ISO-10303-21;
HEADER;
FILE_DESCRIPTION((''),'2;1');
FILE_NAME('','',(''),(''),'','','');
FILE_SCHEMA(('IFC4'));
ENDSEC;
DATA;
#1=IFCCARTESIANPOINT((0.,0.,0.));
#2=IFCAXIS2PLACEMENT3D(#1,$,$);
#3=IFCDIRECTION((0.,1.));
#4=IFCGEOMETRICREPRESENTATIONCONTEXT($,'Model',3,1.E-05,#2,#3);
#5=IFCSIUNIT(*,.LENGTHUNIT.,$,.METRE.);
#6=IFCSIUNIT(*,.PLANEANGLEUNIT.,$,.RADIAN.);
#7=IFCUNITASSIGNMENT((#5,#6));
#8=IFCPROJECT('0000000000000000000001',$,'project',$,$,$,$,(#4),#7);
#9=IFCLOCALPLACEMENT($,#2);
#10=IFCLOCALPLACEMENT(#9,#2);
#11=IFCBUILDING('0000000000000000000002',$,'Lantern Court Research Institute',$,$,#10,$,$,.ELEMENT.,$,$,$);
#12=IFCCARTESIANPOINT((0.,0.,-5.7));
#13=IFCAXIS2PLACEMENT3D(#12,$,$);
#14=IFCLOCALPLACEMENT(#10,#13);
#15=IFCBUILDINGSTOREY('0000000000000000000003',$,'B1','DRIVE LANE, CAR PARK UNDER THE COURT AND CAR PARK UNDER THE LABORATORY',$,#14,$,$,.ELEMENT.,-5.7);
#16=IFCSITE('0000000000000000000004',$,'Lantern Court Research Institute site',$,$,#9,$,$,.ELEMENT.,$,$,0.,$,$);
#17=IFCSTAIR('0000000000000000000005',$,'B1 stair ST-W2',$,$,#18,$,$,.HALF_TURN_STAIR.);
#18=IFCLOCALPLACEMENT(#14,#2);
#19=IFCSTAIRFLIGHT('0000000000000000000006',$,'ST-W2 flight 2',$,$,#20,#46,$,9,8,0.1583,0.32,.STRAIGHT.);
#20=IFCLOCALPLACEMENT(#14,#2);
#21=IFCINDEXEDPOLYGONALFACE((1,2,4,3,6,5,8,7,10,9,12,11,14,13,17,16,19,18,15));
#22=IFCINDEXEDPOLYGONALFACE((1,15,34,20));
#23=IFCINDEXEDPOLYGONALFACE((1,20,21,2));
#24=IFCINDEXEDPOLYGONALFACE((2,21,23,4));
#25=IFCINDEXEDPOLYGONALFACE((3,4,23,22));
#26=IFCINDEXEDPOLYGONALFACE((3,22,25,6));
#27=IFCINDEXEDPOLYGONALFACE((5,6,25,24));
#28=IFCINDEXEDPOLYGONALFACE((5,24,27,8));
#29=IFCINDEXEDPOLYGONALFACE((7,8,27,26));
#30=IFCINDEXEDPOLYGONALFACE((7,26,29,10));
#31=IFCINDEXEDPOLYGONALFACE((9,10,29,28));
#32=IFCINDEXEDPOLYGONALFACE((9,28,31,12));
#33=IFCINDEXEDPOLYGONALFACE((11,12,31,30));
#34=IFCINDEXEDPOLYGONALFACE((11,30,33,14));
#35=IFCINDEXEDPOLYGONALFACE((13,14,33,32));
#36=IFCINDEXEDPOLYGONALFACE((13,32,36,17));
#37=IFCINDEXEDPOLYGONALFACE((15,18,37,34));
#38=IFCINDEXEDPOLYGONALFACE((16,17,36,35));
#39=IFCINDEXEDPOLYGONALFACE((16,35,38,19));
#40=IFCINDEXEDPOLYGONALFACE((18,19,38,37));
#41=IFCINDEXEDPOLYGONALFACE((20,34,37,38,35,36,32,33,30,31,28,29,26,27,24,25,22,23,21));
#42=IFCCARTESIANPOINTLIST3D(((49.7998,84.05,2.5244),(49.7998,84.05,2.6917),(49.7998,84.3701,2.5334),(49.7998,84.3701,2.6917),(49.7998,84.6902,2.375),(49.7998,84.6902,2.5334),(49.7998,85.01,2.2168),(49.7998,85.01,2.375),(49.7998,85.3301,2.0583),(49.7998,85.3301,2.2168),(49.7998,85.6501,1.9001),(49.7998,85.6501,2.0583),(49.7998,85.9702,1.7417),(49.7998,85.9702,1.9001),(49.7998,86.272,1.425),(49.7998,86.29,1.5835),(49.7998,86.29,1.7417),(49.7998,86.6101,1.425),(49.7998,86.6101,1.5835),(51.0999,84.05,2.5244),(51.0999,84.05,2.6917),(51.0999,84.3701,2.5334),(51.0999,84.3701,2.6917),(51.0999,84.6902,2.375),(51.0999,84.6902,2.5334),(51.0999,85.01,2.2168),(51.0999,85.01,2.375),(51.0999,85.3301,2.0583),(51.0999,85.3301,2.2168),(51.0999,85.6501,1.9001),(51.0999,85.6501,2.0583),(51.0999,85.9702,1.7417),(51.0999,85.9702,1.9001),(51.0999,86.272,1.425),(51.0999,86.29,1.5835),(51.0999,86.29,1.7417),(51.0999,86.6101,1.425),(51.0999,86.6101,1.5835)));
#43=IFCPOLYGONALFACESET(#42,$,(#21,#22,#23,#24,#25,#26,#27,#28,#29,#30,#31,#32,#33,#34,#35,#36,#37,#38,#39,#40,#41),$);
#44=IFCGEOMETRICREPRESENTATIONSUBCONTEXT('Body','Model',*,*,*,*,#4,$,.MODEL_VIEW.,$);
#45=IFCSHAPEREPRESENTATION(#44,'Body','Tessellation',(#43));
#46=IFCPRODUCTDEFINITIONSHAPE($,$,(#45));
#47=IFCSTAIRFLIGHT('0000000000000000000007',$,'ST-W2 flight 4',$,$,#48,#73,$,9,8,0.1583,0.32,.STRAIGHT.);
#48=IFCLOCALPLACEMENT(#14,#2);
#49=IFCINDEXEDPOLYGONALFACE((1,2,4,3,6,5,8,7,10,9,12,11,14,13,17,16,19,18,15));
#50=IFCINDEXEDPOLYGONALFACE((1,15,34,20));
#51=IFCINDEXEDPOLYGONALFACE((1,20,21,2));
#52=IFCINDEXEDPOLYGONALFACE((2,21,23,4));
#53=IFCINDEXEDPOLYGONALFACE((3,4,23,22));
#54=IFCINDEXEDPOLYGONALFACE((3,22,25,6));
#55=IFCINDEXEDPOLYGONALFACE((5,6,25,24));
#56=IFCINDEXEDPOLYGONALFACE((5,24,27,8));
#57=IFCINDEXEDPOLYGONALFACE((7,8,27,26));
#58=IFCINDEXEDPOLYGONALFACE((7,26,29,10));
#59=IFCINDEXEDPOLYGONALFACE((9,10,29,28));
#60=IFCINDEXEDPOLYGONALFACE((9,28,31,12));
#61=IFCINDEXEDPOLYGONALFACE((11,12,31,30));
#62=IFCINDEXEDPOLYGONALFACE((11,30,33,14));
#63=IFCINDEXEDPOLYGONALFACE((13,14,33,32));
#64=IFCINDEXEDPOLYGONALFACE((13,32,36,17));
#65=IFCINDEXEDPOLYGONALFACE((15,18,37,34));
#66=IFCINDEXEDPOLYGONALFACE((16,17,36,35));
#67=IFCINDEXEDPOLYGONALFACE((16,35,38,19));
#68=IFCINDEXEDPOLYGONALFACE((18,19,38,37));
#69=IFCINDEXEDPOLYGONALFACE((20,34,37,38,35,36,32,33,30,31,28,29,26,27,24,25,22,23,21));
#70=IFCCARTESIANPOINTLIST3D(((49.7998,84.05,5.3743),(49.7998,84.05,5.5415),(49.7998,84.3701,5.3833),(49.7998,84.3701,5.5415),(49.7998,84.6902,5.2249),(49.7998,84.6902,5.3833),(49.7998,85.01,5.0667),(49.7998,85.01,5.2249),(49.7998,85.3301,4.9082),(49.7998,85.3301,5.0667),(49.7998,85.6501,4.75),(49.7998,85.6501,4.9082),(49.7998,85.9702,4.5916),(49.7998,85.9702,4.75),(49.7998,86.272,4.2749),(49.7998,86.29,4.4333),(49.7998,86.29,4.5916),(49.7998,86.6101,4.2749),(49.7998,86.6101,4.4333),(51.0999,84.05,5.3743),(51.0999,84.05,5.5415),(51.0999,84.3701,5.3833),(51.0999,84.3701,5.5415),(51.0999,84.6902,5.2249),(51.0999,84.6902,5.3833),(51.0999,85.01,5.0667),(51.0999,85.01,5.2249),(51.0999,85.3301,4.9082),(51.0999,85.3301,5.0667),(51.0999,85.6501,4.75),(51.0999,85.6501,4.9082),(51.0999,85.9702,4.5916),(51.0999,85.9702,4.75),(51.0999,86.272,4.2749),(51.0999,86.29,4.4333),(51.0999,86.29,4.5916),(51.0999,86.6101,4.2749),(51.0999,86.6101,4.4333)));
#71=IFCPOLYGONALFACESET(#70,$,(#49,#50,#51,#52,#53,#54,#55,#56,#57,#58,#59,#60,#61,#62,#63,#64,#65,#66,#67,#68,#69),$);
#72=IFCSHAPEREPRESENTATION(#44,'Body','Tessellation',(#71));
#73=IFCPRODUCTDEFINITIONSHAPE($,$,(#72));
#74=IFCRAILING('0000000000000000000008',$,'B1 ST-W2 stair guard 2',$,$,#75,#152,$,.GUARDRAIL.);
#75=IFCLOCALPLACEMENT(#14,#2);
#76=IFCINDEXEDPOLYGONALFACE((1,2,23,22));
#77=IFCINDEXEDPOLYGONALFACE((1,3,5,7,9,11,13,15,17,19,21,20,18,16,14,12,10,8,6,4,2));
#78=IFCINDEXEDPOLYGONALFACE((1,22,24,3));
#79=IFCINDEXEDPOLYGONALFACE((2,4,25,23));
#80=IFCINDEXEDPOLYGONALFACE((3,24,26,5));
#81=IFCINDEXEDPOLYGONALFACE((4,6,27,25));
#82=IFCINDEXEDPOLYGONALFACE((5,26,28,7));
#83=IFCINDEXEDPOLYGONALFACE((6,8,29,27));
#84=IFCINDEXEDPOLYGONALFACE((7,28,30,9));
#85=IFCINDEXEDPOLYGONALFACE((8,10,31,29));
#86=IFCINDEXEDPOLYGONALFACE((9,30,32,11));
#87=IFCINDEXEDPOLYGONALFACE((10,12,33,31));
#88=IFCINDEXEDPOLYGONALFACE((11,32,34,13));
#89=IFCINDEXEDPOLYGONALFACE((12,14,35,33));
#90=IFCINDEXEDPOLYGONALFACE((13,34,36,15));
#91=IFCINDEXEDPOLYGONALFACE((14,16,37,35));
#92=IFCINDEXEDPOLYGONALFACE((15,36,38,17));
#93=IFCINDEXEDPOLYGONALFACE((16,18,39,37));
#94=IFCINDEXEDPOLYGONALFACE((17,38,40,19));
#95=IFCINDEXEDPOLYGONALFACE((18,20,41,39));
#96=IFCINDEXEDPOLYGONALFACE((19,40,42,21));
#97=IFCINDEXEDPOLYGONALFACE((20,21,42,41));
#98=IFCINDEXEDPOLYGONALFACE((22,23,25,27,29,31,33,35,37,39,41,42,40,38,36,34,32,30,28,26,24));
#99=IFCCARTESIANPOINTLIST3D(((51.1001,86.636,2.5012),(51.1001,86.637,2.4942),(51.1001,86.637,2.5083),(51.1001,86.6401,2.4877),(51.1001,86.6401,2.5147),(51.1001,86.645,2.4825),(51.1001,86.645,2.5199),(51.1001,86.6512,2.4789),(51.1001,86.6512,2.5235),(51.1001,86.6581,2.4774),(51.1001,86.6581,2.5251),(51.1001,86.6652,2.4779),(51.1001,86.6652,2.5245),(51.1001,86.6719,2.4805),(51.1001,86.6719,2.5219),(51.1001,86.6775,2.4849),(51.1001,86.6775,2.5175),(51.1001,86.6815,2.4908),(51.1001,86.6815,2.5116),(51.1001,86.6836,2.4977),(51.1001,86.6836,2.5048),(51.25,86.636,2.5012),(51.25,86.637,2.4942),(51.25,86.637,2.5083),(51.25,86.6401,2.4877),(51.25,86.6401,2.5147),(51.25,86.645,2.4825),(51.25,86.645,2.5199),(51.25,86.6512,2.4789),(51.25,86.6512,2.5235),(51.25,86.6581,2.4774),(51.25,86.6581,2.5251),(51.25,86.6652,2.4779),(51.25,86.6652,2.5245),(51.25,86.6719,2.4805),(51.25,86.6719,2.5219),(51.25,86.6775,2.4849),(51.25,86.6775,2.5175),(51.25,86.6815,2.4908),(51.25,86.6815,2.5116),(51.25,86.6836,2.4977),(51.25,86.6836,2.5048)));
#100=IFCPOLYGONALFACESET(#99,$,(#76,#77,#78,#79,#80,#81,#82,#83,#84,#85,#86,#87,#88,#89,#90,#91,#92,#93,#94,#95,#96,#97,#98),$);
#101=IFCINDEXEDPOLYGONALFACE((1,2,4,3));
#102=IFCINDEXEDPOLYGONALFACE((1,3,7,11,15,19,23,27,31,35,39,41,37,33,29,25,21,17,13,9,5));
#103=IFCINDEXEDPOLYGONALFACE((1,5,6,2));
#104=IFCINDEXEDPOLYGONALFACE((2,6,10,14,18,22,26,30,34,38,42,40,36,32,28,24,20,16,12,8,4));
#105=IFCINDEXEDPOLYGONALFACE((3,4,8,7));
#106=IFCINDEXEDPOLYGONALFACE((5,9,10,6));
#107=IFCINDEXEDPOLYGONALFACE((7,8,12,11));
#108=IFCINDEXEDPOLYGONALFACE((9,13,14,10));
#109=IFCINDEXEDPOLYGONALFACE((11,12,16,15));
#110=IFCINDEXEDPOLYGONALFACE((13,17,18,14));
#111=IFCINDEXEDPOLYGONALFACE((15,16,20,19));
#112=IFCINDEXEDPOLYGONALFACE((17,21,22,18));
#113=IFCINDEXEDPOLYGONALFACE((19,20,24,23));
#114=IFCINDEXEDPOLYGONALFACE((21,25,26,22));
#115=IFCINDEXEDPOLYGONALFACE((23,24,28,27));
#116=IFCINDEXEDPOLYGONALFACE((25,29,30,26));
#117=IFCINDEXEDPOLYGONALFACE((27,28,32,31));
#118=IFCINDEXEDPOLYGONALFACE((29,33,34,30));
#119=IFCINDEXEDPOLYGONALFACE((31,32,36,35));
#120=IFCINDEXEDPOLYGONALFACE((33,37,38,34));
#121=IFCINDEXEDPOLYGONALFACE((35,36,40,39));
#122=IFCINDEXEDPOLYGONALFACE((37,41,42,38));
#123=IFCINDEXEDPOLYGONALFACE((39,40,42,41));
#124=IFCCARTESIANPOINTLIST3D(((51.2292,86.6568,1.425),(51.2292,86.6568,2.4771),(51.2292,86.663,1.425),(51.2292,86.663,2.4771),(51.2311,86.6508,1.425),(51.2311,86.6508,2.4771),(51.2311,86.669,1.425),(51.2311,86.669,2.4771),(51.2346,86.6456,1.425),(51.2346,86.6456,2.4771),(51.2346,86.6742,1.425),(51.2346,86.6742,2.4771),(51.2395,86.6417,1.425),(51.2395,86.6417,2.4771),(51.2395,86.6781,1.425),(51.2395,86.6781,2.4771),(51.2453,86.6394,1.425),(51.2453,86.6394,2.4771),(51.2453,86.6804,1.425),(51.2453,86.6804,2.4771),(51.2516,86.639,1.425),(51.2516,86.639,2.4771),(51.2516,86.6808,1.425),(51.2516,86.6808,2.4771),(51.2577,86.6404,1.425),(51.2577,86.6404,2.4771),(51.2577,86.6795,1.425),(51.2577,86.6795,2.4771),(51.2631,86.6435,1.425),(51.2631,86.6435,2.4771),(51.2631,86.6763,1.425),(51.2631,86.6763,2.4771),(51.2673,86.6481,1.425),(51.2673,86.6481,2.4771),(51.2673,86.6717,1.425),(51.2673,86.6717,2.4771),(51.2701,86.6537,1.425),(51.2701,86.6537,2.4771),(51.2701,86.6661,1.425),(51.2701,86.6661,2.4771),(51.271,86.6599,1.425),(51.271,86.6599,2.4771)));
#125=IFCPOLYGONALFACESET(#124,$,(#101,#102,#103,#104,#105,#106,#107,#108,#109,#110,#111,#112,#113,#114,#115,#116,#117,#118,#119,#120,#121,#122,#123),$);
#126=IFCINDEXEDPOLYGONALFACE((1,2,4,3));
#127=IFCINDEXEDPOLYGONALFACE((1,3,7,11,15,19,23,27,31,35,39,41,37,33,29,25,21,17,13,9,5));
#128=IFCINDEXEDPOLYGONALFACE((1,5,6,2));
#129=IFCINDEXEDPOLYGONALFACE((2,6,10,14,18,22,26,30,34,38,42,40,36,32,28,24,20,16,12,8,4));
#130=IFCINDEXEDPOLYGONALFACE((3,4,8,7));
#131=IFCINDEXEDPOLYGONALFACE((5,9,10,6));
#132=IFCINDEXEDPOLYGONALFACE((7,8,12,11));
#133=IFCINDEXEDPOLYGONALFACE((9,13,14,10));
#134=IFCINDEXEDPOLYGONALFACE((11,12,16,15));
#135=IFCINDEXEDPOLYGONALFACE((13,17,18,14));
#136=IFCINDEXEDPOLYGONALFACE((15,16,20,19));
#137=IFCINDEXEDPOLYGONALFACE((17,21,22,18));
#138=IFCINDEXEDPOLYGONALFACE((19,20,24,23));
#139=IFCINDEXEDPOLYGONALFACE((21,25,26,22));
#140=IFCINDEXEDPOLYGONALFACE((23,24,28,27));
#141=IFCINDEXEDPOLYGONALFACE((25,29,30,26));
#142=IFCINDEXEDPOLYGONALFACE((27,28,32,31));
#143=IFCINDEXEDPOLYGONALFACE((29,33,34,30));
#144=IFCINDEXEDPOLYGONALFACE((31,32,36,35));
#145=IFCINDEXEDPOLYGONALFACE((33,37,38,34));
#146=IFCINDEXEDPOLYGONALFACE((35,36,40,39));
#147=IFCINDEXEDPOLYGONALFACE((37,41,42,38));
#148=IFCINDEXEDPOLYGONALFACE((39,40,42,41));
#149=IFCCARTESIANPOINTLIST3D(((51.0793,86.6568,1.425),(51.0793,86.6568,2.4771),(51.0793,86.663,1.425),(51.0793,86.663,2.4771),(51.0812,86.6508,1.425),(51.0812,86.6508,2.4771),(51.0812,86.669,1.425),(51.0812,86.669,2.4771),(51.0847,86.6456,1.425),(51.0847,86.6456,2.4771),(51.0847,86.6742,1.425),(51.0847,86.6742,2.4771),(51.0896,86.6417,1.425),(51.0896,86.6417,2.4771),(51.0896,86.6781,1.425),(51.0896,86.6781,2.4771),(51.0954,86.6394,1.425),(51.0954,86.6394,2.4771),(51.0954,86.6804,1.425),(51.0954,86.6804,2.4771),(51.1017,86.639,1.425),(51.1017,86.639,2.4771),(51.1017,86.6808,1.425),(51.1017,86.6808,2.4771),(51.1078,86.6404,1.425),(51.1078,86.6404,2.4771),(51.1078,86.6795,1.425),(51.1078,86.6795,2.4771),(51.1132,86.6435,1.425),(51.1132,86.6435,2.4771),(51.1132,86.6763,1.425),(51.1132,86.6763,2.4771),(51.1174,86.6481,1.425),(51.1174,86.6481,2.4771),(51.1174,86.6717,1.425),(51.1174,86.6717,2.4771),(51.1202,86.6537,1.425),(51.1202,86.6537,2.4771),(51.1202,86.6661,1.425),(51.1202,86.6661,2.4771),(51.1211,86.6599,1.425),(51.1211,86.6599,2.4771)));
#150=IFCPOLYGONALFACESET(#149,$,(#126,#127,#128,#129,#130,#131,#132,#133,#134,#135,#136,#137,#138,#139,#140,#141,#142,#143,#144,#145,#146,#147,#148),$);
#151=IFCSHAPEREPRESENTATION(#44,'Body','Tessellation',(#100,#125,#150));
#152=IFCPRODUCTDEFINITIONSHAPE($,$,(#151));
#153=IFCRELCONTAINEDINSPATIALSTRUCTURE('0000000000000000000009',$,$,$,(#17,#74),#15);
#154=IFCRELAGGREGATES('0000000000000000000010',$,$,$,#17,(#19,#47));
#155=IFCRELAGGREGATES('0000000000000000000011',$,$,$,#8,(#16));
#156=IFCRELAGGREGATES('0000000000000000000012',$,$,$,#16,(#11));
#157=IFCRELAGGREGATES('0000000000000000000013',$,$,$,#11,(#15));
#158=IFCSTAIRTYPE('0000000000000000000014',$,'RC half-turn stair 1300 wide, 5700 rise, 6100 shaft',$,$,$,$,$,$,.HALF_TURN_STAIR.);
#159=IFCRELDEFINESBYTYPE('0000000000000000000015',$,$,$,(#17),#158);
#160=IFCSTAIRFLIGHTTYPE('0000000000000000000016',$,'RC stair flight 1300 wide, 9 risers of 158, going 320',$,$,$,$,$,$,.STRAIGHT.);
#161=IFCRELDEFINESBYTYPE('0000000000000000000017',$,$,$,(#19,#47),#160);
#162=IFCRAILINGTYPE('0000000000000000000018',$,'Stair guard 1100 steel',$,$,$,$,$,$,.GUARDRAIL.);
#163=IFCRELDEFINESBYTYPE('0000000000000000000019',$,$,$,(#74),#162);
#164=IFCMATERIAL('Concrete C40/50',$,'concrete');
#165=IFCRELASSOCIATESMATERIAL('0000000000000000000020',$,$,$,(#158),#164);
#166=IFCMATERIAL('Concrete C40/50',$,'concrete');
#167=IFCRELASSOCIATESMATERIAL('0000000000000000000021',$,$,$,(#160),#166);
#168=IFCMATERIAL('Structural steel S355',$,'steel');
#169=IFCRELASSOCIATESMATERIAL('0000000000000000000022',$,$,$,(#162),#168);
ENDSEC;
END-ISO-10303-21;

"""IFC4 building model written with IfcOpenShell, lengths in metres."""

from ifc_helpers import new_model, si_unit, direction, frame, origin, origin_2d, place, context, subcontext, project, spatial, polyline, circle, outline, extrude, material, type_object, element, aggregate, save


model = new_model("IFC4")

# Units and contexts
model_context = context("Model", 3, precision=1e-05, world=origin(), true_north=direction((0.0, 1.0)))
body_context = subcontext(model_context, "Body", "Model", "MODEL_VIEW")
ifc_project = project(units=[si_unit("LENGTHUNIT", "METRE"), si_unit("PLANEANGLEUNIT", "RADIAN")], contexts=[model_context])

# Site, building, storey
site_placement = place(None, origin())
site = spatial("IfcSite", under=ifc_project, at=site_placement, Name="Lantern Court Research Institute site", CompositionType="ELEMENT", RefElevation=0.0)
building_placement = place(site_placement, origin())
building = spatial("IfcBuilding", under=site, at=building_placement, Name="Lantern Court Research Institute", CompositionType="ELEMENT")
storey_placement = place(building_placement, frame((0.0, 0.0, -5.7)))
storey = spatial("IfcBuildingStorey", under=building, at=storey_placement, Name="B1", Description="DRIVE LANE, CAR PARK UNDER THE COURT AND CAR PARK UNDER THE LABORATORY", CompositionType="ELEMENT", Elevation=-5.7)

# Stair, stair flights
ifc_material_1 = material(Name="Concrete C40/50", Category="concrete")
stair_type = type_object("IfcStairType", Name="RC half-turn stair 1300 wide, 5700 rise, 6100 shaft", PredefinedType="HALF_TURN_STAIR", material=ifc_material_1)
stair_placement = place(storey_placement, origin())
stair = element("IfcStair", 1, at=stair_placement, inside=storey, type_object=stair_type, Name="B1 stair ST-W2", PredefinedType="HALF_TURN_STAIR")
ifc_material_2 = material(Name="Concrete C40/50", Category="concrete")
stair_flight_type = type_object("IfcStairFlightType", Name="RC stair flight 1300 wide, 9 risers of 158, going 320", PredefinedType="STRAIGHT", material=ifc_material_2)
stair_flight_1_placement = place(storey_placement, frame((50.45, 86.6101, 1.425), z_axis=(0.0, 0.0, 1.0), x_axis=(0.0, -1.0, 0.0)))
stair_flight_1 = element("IfcStairFlight", 2, at=stair_flight_1_placement, type_object=stair_flight_type, Name="ST-W2 flight 2", NumberOfRisers=9, NumberOfTreads=8, PredefinedType="STRAIGHT", RiserHeight=0.1583, TreadLength=0.32, context=body_context, shape_type="SweptSolid", body=[
    extrude(outline(polyline([(0.0, 0.0), (0.0, 0.1584), (0.3201, 0.1584), (0.3201, 0.3167), (0.6399, 0.3167), (0.6399, 0.4751), (0.96, 0.4751), (0.96, 0.6333), (1.28, 0.6333), (1.28, 0.7917), (1.6001, 0.7917), (1.6001, 0.95), (1.9199, 0.95), (1.9199, 1.1084), (2.24, 1.1084), (2.24, 1.2666), (2.5601, 1.2666), (2.5601, 1.425), (2.5601, 1.0994), (0.3381, 0.0), (0.0, 0.0)])), frame((0.0, 0.6499, 0.0), z_axis=(0.0, -1.0, 0.0), x_axis=(1.0, 0.0, 0.0)), (0.0, 0.0, 1.0), 1.3),
])
stair_flight_2_placement = place(storey_placement, frame((50.45, 86.6101, 4.2749), z_axis=(0.0, 0.0, 1.0), x_axis=(0.0, -1.0, 0.0)))
stair_flight_2 = element("IfcStairFlight", 3, at=stair_flight_2_placement, type_object=stair_flight_type, Name="ST-W2 flight 4", NumberOfRisers=9, NumberOfTreads=8, PredefinedType="STRAIGHT", RiserHeight=0.1583, TreadLength=0.32, context=body_context, shape_type="SweptSolid", body=[
    extrude(outline(polyline([(0.0, 0.0), (0.0, 0.1584), (0.3201, 0.1584), (0.3201, 0.3167), (0.6399, 0.3167), (0.6399, 0.4751), (0.96, 0.4751), (0.96, 0.6333), (1.28, 0.6333), (1.28, 0.7917), (1.6001, 0.7917), (1.6001, 0.95), (1.9199, 0.95), (1.9199, 1.1084), (2.24, 1.1084), (2.24, 1.2666), (2.5601, 1.2666), (2.5601, 1.425), (2.5601, 1.0994), (0.3381, 0.0), (0.0, 0.0)])), frame((0.0, 0.6499, 0.0), z_axis=(0.0, -1.0, 0.0), x_axis=(1.0, 0.0, 0.0)), (0.0, 0.0, 1.0), 1.3),
])
aggregate(stair, [stair_flight_1, stair_flight_2])

# Railing
ifc_material_3 = material(Name="Structural steel S355", Category="steel")
railing_type = type_object("IfcRailingType", Name="Stair guard 1100 steel", PredefinedType="GUARDRAIL", material=ifc_material_3)
railing_1_placement = place(storey_placement, frame((51.25, 86.6599, 1.425)))
element("IfcRailing", 4, at=railing_1_placement, inside=storey, type_object=railing_type, Name="B1 ST-W2 stair guard 2", PredefinedType="GUARDRAIL", context=body_context, shape_type="SweptSolid", body=[
    extrude(circle(Radius=0.0239, at=origin_2d()), frame((0.0, 0.0, 1.0762), z_axis=(-1.0, 0.0, 0.0), x_axis=(0.0, -1.0, 0.0)), (0.0, 0.0, 1.0), 0.1499),
    extrude(circle(Radius=0.021, at=origin_2d()), origin(), (0.0, 0.0, 1.0), 1.052),
    extrude(circle(Radius=0.021, at=origin_2d()), frame((-0.1499, 0.0, 0.0)), (0.0, 0.0, 1.0), 1.052),
])

save(model, "model.ifc")
